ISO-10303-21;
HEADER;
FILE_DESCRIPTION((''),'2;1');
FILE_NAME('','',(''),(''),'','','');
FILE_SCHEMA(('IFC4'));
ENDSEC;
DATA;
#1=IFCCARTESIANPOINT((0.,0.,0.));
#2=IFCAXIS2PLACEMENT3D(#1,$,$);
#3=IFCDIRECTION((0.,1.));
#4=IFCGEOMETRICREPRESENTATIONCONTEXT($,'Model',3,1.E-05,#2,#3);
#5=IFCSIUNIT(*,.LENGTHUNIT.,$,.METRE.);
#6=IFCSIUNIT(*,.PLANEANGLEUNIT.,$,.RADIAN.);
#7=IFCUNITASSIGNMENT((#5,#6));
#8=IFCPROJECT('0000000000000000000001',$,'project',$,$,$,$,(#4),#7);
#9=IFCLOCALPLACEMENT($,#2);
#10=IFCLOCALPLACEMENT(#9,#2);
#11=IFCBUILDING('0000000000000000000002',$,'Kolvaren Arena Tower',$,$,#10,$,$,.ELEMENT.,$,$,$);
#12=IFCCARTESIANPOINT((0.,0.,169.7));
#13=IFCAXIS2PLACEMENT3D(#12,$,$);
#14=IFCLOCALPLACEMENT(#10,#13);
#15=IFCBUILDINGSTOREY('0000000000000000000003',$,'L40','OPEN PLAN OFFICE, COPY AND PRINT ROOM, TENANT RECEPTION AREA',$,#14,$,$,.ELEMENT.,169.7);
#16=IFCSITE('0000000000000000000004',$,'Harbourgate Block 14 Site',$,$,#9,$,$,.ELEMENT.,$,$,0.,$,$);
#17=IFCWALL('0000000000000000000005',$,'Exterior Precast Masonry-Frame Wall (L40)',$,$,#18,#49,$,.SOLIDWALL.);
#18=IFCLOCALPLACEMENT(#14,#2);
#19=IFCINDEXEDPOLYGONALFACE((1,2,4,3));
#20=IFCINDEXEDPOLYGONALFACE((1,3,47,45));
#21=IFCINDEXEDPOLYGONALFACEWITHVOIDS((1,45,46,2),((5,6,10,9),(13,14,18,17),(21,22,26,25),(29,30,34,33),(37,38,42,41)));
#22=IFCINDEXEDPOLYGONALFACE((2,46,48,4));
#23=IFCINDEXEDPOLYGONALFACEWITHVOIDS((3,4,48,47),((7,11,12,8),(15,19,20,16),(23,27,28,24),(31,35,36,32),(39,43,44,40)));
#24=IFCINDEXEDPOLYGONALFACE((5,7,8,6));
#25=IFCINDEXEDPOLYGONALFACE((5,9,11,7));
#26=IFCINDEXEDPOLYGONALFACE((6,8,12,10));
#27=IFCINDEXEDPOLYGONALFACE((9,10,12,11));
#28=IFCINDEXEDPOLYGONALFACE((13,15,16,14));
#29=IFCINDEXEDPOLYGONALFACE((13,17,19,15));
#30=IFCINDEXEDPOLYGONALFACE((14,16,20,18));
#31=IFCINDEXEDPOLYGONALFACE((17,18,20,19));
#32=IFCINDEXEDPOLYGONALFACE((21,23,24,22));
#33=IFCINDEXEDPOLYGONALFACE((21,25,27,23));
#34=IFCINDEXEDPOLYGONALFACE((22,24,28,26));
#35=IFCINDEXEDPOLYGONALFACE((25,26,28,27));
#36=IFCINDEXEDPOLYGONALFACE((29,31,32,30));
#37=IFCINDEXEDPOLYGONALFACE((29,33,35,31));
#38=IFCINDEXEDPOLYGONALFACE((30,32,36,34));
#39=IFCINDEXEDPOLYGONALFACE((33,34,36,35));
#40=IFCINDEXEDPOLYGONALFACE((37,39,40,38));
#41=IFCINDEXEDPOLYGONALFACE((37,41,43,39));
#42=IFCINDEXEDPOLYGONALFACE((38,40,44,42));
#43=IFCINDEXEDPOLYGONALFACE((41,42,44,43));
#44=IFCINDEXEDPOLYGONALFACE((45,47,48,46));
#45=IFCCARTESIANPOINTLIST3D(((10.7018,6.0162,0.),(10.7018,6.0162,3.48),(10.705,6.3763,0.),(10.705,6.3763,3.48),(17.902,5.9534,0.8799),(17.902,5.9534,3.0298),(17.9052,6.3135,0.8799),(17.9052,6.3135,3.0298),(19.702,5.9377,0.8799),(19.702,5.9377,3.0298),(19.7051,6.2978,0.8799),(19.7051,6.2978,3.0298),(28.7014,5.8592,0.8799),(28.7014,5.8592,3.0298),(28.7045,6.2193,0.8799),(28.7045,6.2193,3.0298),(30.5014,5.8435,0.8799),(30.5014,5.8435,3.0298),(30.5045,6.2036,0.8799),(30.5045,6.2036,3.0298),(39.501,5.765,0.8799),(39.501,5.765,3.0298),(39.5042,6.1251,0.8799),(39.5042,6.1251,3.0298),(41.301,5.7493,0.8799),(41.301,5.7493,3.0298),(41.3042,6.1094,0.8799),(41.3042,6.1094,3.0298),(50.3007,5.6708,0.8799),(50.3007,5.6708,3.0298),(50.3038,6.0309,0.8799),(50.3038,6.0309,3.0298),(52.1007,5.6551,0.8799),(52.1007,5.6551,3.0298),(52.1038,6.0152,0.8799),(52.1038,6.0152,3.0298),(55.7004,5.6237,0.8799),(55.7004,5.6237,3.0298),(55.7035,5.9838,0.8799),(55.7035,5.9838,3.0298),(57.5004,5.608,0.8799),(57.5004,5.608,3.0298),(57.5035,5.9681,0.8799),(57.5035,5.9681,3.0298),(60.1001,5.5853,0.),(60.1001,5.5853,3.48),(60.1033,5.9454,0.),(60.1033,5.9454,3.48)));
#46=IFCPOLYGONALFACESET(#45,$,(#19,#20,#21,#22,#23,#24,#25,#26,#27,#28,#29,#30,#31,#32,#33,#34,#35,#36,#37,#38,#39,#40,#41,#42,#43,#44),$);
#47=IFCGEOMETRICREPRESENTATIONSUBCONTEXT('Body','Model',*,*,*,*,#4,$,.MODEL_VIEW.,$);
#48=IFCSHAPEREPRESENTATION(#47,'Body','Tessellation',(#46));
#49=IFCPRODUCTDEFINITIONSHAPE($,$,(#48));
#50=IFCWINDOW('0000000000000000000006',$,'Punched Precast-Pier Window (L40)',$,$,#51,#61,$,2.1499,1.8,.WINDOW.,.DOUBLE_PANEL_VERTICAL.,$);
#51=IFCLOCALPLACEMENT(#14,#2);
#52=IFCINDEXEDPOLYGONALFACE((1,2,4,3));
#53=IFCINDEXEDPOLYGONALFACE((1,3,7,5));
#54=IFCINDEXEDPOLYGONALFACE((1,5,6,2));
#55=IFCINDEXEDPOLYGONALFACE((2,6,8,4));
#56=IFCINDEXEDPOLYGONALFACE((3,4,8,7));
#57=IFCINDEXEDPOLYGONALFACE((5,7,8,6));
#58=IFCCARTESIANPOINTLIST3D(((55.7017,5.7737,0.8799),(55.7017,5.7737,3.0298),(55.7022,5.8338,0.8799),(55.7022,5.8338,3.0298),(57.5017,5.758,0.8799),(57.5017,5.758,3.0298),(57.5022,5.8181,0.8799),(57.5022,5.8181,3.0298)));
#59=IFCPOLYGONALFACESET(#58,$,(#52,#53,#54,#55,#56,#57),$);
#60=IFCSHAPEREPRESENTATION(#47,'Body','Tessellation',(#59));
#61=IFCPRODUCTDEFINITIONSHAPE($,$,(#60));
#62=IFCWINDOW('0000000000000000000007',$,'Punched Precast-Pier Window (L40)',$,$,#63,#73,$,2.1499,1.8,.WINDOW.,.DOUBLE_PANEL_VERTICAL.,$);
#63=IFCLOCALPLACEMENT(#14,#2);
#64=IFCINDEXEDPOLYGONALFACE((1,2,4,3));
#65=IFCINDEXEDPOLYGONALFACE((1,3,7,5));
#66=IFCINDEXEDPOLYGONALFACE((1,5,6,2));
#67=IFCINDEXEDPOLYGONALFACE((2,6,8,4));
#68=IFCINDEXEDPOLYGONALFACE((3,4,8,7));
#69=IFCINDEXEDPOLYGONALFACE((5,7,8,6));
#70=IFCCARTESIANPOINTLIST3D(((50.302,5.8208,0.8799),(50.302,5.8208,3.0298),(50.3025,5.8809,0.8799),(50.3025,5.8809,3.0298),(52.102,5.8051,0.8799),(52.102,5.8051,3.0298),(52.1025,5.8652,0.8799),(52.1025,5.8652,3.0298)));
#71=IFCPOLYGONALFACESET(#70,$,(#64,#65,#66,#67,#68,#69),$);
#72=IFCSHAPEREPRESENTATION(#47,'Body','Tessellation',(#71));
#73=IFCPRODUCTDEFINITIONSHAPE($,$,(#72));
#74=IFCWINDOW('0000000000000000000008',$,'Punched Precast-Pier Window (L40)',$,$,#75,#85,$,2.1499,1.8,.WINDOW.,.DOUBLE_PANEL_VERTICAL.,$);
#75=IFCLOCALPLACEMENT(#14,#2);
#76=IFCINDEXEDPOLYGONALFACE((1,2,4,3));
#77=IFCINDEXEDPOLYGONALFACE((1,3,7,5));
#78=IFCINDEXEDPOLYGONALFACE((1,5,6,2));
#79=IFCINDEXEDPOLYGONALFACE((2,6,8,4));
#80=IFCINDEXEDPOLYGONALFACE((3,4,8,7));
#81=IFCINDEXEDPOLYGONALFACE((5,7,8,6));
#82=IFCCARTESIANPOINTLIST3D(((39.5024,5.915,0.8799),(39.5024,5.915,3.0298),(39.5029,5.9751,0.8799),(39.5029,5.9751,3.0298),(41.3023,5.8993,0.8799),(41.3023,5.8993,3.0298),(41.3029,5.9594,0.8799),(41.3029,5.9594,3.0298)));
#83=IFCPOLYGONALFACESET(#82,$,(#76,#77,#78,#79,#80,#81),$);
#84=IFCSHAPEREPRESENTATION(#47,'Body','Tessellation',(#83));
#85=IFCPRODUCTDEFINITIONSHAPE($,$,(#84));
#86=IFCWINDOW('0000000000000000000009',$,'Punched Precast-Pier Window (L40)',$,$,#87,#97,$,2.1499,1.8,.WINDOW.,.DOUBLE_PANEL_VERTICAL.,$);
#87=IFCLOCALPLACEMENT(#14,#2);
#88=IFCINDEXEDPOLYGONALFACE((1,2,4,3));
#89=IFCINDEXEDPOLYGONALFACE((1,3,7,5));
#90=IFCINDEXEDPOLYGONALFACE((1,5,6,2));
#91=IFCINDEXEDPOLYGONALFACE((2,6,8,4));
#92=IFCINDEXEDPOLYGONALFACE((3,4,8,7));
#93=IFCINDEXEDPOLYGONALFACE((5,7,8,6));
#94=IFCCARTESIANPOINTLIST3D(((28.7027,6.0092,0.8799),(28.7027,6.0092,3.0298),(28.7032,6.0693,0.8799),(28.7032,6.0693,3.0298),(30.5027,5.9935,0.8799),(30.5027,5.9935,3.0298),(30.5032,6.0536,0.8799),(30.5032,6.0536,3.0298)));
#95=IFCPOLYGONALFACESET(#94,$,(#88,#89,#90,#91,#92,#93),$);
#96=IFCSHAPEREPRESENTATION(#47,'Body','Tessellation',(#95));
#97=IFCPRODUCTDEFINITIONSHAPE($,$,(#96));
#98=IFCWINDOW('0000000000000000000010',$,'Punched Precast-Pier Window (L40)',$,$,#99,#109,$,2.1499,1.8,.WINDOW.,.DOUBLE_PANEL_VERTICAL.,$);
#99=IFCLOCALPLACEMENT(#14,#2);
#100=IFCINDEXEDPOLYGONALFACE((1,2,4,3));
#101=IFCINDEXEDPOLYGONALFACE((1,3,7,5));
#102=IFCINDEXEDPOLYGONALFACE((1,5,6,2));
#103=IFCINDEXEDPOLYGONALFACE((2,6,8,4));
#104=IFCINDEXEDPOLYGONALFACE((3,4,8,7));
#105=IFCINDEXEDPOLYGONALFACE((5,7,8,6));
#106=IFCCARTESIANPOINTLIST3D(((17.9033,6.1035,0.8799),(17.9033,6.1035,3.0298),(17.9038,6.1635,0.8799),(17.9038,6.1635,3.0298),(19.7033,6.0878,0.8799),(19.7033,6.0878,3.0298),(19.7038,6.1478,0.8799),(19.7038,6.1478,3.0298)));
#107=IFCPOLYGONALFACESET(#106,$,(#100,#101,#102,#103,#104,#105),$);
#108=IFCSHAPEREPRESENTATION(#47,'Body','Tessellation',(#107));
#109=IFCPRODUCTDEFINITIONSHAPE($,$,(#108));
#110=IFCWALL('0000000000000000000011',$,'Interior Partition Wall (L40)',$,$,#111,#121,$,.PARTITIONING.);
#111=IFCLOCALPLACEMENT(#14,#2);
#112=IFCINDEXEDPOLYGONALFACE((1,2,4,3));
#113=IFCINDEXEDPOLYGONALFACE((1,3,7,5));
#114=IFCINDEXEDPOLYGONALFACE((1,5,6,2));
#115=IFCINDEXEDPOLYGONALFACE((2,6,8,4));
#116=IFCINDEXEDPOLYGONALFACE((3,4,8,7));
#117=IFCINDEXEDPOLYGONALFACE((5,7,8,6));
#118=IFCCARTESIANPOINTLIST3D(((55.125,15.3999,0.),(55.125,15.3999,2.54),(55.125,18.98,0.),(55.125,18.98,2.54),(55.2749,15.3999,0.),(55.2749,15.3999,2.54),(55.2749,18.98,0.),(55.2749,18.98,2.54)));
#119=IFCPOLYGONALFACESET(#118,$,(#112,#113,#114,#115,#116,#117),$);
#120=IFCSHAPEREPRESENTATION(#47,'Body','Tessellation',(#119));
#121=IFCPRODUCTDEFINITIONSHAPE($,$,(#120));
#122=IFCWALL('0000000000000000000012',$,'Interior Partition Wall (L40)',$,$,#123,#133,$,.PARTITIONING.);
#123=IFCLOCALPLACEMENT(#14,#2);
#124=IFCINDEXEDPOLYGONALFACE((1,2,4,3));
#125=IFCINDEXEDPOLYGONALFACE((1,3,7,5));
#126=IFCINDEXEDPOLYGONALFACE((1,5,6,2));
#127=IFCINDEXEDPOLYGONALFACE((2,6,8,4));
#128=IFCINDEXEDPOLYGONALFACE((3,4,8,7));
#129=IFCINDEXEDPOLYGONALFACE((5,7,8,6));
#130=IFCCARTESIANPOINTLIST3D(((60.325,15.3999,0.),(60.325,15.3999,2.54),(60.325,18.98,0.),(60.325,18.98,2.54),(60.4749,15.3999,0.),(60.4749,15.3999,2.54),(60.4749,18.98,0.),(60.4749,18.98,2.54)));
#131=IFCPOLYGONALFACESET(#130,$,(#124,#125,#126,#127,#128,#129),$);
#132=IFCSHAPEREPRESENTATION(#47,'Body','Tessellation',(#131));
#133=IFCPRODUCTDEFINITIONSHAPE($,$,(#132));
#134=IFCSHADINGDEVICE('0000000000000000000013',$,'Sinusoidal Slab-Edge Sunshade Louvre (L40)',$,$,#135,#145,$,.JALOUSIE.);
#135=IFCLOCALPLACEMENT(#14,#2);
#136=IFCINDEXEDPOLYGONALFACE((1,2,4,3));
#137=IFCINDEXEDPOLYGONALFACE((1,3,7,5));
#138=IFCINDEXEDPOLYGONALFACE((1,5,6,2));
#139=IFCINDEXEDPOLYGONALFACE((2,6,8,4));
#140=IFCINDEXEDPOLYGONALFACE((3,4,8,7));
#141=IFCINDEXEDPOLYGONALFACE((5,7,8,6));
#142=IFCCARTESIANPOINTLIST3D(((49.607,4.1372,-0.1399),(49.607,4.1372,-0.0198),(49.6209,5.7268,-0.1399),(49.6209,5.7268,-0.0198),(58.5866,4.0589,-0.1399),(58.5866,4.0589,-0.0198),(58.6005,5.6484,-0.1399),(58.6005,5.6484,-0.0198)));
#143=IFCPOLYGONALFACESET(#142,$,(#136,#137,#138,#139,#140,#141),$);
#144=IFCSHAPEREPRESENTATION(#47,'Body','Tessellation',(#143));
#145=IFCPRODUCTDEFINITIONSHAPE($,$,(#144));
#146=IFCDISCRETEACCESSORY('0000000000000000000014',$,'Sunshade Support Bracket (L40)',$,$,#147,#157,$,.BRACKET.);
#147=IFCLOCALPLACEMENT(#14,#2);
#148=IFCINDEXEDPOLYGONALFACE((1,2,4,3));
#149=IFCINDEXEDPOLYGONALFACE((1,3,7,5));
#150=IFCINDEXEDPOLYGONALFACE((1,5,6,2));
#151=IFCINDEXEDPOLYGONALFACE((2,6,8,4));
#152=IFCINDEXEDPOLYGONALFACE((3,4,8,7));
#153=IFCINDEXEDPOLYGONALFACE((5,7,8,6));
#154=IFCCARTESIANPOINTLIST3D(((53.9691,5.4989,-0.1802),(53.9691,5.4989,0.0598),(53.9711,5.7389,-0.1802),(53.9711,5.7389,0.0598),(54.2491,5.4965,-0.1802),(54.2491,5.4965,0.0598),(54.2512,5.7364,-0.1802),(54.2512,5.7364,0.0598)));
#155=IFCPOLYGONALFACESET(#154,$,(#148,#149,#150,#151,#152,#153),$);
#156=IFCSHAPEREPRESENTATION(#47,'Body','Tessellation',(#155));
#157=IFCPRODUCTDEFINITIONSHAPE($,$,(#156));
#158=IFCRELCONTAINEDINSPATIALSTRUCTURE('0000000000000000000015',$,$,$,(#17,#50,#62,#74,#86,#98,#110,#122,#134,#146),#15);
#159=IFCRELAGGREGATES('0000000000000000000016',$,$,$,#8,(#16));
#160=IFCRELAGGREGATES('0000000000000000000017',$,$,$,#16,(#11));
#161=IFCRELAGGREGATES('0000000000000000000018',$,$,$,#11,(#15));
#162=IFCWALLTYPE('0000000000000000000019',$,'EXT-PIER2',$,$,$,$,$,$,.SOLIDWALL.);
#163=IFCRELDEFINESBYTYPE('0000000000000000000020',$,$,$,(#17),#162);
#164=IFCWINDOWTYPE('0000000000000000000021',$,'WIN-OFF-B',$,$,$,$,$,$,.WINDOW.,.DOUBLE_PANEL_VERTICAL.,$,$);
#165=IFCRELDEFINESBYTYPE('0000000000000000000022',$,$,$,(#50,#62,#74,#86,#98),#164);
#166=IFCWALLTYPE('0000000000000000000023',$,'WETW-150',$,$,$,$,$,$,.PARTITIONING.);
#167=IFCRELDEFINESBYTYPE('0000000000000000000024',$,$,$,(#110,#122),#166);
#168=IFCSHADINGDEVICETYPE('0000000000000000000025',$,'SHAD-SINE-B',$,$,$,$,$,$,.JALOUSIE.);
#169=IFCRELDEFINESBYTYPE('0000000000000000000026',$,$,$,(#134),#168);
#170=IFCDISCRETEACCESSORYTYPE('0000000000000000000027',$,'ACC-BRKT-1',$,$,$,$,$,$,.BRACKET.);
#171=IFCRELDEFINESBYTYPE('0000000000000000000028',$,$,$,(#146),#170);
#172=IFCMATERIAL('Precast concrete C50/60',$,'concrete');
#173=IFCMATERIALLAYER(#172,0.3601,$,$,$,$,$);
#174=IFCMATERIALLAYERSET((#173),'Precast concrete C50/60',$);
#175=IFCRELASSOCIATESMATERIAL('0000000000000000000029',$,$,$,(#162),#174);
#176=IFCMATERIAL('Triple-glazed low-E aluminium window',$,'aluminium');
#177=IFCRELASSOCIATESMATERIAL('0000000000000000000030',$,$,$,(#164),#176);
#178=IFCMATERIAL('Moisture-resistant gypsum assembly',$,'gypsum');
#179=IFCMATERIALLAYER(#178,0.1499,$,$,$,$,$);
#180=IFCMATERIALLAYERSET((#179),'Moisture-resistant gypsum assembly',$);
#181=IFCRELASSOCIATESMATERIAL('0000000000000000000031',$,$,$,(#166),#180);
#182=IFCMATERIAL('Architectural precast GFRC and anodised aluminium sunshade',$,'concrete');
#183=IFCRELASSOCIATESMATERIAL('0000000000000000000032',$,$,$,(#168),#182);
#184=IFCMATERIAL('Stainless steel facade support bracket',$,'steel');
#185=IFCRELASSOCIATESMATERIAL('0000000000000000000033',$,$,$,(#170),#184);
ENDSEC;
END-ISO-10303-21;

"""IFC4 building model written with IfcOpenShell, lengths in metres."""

from ifc_helpers import new_model, si_unit, direction, frame, frame_2d, origin, origin_2d, place, context, subcontext, project, spatial, rectangle, extrude, material, layer, layer_set, type_object, element, fill, save


model = new_model("IFC4")

# Units and contexts
model_context = context("Model", 3, precision=1e-05, world=origin(), true_north=direction((0.0, 1.0)))
body_context = subcontext(model_context, "Body", "Model", "MODEL_VIEW")
ifc_project = project(units=[si_unit("LENGTHUNIT", "METRE"), si_unit("PLANEANGLEUNIT", "RADIAN")], contexts=[model_context])

# Site, building, storey
site_placement = place(None, origin())
site = spatial("IfcSite", under=ifc_project, at=site_placement, Name="Harbourgate Block 14 Site", CompositionType="ELEMENT", RefElevation=0.0)
building_placement = place(site_placement, origin())
building = spatial("IfcBuilding", under=site, at=building_placement, Name="Kolvaren Arena Tower", CompositionType="ELEMENT")
storey_placement = place(building_placement, frame((0.0, 0.0, 169.7)))
storey = spatial("IfcBuildingStorey", under=building, at=storey_placement, Name="L40", Description="OPEN PLAN OFFICE, COPY AND PRINT ROOM, TENANT RECEPTION AREA", CompositionType="ELEMENT", Elevation=169.7)

# Shared definitions
ifc_material_1 = material(Name="Precast concrete C50/60", Category="concrete")
ifc_layer_1 = layer(ifc_material_1, 0.3601)
ifc_layer_set_1 = layer_set([ifc_layer_1], Name="Precast concrete C50/60")
wall_type_1 = type_object("IfcWallType", Name="EXT-PIER2", PredefinedType="SOLIDWALL", material=ifc_layer_set_1)

# Wall, openings, windows
wall_1_placement = place(storey_placement, frame((60.1018, 5.7654, 0.0), z_axis=(0.0, 0.0, 1.0), x_axis=(-0.999962, 0.008723, 0.0)))
wall_1 = element("IfcWall", 1, at=wall_1_placement, inside=storey, type_object=wall_type_1, Name="Exterior Precast Masonry-Frame Wall (L40)", PredefinedType="SOLIDWALL", context=body_context, shape_type="SweptSolid", body=[
    extrude(rectangle(XDim=49.4001, YDim=0.3601, at=frame_2d((24.7002, 0.0))), origin(), (0.0, 0.0, 1.0), 3.48),
])
opening_1_placement = place(wall_1_placement, frame((2.6001, 0.0, 0.8799)))
opening_1 = element("IfcOpeningElement", 2, at=opening_1_placement, cuts=wall_1, PredefinedType="OPENING", context=body_context, shape_type="SweptSolid", body=[
    extrude(rectangle(XDim=1.8, YDim=2.1499, at=frame_2d((0.8999, 1.075))), frame((0.0, 0.1899, 0.0), z_axis=(0.0, -1.0, 0.0), x_axis=(1.0, 0.0, 0.0)), (0.0, 0.0, 1.0), 0.3801),
])
opening_2_placement = place(wall_1_placement, frame((8.0, 0.0, 0.8799)))
opening_2 = element("IfcOpeningElement", 3, at=opening_2_placement, cuts=wall_1, PredefinedType="OPENING", context=body_context, shape_type="SweptSolid", body=[
    extrude(rectangle(XDim=1.8, YDim=2.1499, at=frame_2d((0.8999, 1.075))), frame((0.0, 0.1899, 0.0), z_axis=(0.0, -1.0, 0.0), x_axis=(1.0, 0.0, 0.0)), (0.0, 0.0, 1.0), 0.3801),
])
opening_3_placement = place(wall_1_placement, frame((18.8, 0.0, 0.8799)))
opening_3 = element("IfcOpeningElement", 4, at=opening_3_placement, cuts=wall_1, PredefinedType="OPENING", context=body_context, shape_type="SweptSolid", body=[
    extrude(rectangle(XDim=1.8, YDim=2.1499, at=frame_2d((0.8999, 1.075))), frame((0.0, 0.1899, 0.0), z_axis=(0.0, -1.0, 0.0), x_axis=(1.0, 0.0, 0.0)), (0.0, 0.0, 1.0), 0.3801),
])
opening_4_placement = place(wall_1_placement, frame((29.6001, 0.0, 0.8799)))
opening_4 = element("IfcOpeningElement", 5, at=opening_4_placement, cuts=wall_1, PredefinedType="OPENING", context=body_context, shape_type="SweptSolid", body=[
    extrude(rectangle(XDim=1.8, YDim=2.1499, at=frame_2d((0.8999, 1.075))), frame((0.0, 0.1899, 0.0), z_axis=(0.0, -1.0, 0.0), x_axis=(1.0, 0.0, 0.0)), (0.0, 0.0, 1.0), 0.3801),
])
opening_5_placement = place(wall_1_placement, frame((40.3999, 0.0, 0.8799)))
opening_5 = element("IfcOpeningElement", 6, at=opening_5_placement, cuts=wall_1, PredefinedType="OPENING", context=body_context, shape_type="SweptSolid", body=[
    extrude(rectangle(XDim=1.8, YDim=2.1499, at=frame_2d((0.8999, 1.075))), frame((0.0, 0.1899, 0.0), z_axis=(0.0, -1.0, 0.0), x_axis=(1.0, 0.0, 0.0)), (0.0, 0.0, 1.0), 0.3801),
])
ifc_material_2 = material(Name="Triple-glazed low-E aluminium window", Category="aluminium")
window_type = type_object("IfcWindowType", Name="WIN-OFF-B", PartitioningType="DOUBLE_PANEL_VERTICAL", PredefinedType="WINDOW", material=ifc_material_2)
window_1_placement = place(opening_1_placement, origin())
window_1 = element("IfcWindow", 7, at=window_1_placement, inside=storey, type_object=window_type, Name="Punched Precast-Pier Window (L40)", OverallHeight=2.1499, OverallWidth=1.8, PartitioningType="DOUBLE_PANEL_VERTICAL", PredefinedType="WINDOW", context=body_context, shape_type="SweptSolid", body=[
    extrude(rectangle(XDim=1.8, YDim=2.1499, at=frame_2d((0.8999, 1.075))), frame((0.0, 0.03, 0.0), z_axis=(0.0, -1.0, 0.0), x_axis=(1.0, 0.0, 0.0)), (0.0, 0.0, 1.0), 0.0601),
])
fill(opening_1, window_1)
window_2_placement = place(opening_2_placement, origin())
window_2 = element("IfcWindow", 8, at=window_2_placement, inside=storey, type_object=window_type, Name="Punched Precast-Pier Window (L40)", OverallHeight=2.1499, OverallWidth=1.8, PartitioningType="DOUBLE_PANEL_VERTICAL", PredefinedType="WINDOW", context=body_context, shape_type="SweptSolid", body=[
    extrude(rectangle(XDim=1.8, YDim=2.1499, at=frame_2d((0.8999, 1.075))), frame((0.0, 0.03, 0.0), z_axis=(0.0, -1.0, 0.0), x_axis=(1.0, 0.0, 0.0)), (0.0, 0.0, 1.0), 0.0601),
])
fill(opening_2, window_2)
window_3_placement = place(opening_3_placement, origin())
window_3 = element("IfcWindow", 9, at=window_3_placement, inside=storey, type_object=window_type, Name="Punched Precast-Pier Window (L40)", OverallHeight=2.1499, OverallWidth=1.8, PartitioningType="DOUBLE_PANEL_VERTICAL", PredefinedType="WINDOW", context=body_context, shape_type="SweptSolid", body=[
    extrude(rectangle(XDim=1.8, YDim=2.1499, at=frame_2d((0.8999, 1.075))), frame((0.0, 0.03, 0.0), z_axis=(0.0, -1.0, 0.0), x_axis=(1.0, 0.0, 0.0)), (0.0, 0.0, 1.0), 0.0601),
])
fill(opening_3, window_3)
window_4_placement = place(opening_4_placement, origin())
window_4 = element("IfcWindow", 10, at=window_4_placement, inside=storey, type_object=window_type, Name="Punched Precast-Pier Window (L40)", OverallHeight=2.1499, OverallWidth=1.8, PartitioningType="DOUBLE_PANEL_VERTICAL", PredefinedType="WINDOW", context=body_context, shape_type="SweptSolid", body=[
    extrude(rectangle(XDim=1.8, YDim=2.1499, at=frame_2d((0.8999, 1.075))), frame((0.0, 0.03, 0.0), z_axis=(0.0, -1.0, 0.0), x_axis=(1.0, 0.0, 0.0)), (0.0, 0.0, 1.0), 0.0601),
])
fill(opening_4, window_4)
window_5_placement = place(opening_5_placement, origin())
window_5 = element("IfcWindow", 11, at=window_5_placement, inside=storey, type_object=window_type, Name="Punched Precast-Pier Window (L40)", OverallHeight=2.1499, OverallWidth=1.8, PartitioningType="DOUBLE_PANEL_VERTICAL", PredefinedType="WINDOW", context=body_context, shape_type="SweptSolid", body=[
    extrude(rectangle(XDim=1.8, YDim=2.1499, at=frame_2d((0.8999, 1.075))), frame((0.0, 0.03, 0.0), z_axis=(0.0, -1.0, 0.0), x_axis=(1.0, 0.0, 0.0)), (0.0, 0.0, 1.0), 0.0601),
])
fill(opening_5, window_5)

# Walls
ifc_material_3 = material(Name="Moisture-resistant gypsum assembly", Category="gypsum")
ifc_layer_2 = layer(ifc_material_3, 0.1499)
ifc_layer_set_2 = layer_set([ifc_layer_2], Name="Moisture-resistant gypsum assembly")
wall_type_2 = type_object("IfcWallType", Name="WETW-150", PredefinedType="PARTITIONING", material=ifc_layer_set_2)
for number, where, z_axis, x_axis, name in (
    (12, (55.2, 15.3999, 0.0), (0.0, 0.0, 1.0), (0.0, 1.0, 0.0), "Interior Partition Wall (L40)"),
    (13, (60.3999, 15.3999, 0.0), (0.0, 0.0, 1.0), (0.0, 1.0, 0.0), "Interior Partition Wall (L40)"),
):
    element("IfcWall", number, at=place(storey_placement, frame(where, z_axis=z_axis, x_axis=x_axis)), inside=storey, type_object=wall_type_2, Name=name, PredefinedType="PARTITIONING", context=body_context, shape_type="SweptSolid", body=[
        extrude(rectangle(XDim=3.5801, YDim=0.1499, at=frame_2d((1.79, 0.0))), origin(), (0.0, 0.0, 1.0), 2.54),
    ])

# Shading device
ifc_material_4 = material(Name="Architectural precast GFRC and anodised aluminium sunshade", Category="concrete")
shading_device_type = type_object("IfcShadingDeviceType", Name="SHAD-SINE-B", PredefinedType="JALOUSIE", material=ifc_material_4)
shading_device_placement = place(storey_placement, frame((54.1038, 4.8928, -0.1399), z_axis=(0.0, 0.0, 1.0), x_axis=(-0.999962, 0.008727, 0.0)))
element("IfcShadingDevice", 14, at=shading_device_placement, inside=storey, type_object=shading_device_type, Name="Sinusoidal Slab-Edge Sunshade Louvre (L40)", PredefinedType="JALOUSIE", context=body_context, shape_type="SweptSolid", body=[
    extrude(rectangle(XDim=8.98, YDim=1.5896, at=origin_2d()), origin(), (0.0, 0.0, 1.0), 0.1201),
])

# Discrete accessory
ifc_material_5 = material(Name="Stainless steel facade support bracket", Category="steel")
discrete_accessory_type = type_object("IfcDiscreteAccessoryType", Name="ACC-BRKT-1", PredefinedType="BRACKET", material=ifc_material_5)
discrete_accessory_placement = place(storey_placement, frame((54.1101, 5.6177, -0.1802), z_axis=(0.0, 0.0, 1.0), x_axis=(-0.999962, 0.008727, 0.0)))
element("IfcDiscreteAccessory", 15, at=discrete_accessory_placement, inside=storey, type_object=discrete_accessory_type, Name="Sunshade Support Bracket (L40)", PredefinedType="BRACKET", context=body_context, shape_type="SweptSolid", body=[
    extrude(rectangle(XDim=0.28, YDim=0.24, at=origin_2d()), origin(), (0.0, 0.0, 1.0), 0.24),
])

save(model, "model.ifc")
